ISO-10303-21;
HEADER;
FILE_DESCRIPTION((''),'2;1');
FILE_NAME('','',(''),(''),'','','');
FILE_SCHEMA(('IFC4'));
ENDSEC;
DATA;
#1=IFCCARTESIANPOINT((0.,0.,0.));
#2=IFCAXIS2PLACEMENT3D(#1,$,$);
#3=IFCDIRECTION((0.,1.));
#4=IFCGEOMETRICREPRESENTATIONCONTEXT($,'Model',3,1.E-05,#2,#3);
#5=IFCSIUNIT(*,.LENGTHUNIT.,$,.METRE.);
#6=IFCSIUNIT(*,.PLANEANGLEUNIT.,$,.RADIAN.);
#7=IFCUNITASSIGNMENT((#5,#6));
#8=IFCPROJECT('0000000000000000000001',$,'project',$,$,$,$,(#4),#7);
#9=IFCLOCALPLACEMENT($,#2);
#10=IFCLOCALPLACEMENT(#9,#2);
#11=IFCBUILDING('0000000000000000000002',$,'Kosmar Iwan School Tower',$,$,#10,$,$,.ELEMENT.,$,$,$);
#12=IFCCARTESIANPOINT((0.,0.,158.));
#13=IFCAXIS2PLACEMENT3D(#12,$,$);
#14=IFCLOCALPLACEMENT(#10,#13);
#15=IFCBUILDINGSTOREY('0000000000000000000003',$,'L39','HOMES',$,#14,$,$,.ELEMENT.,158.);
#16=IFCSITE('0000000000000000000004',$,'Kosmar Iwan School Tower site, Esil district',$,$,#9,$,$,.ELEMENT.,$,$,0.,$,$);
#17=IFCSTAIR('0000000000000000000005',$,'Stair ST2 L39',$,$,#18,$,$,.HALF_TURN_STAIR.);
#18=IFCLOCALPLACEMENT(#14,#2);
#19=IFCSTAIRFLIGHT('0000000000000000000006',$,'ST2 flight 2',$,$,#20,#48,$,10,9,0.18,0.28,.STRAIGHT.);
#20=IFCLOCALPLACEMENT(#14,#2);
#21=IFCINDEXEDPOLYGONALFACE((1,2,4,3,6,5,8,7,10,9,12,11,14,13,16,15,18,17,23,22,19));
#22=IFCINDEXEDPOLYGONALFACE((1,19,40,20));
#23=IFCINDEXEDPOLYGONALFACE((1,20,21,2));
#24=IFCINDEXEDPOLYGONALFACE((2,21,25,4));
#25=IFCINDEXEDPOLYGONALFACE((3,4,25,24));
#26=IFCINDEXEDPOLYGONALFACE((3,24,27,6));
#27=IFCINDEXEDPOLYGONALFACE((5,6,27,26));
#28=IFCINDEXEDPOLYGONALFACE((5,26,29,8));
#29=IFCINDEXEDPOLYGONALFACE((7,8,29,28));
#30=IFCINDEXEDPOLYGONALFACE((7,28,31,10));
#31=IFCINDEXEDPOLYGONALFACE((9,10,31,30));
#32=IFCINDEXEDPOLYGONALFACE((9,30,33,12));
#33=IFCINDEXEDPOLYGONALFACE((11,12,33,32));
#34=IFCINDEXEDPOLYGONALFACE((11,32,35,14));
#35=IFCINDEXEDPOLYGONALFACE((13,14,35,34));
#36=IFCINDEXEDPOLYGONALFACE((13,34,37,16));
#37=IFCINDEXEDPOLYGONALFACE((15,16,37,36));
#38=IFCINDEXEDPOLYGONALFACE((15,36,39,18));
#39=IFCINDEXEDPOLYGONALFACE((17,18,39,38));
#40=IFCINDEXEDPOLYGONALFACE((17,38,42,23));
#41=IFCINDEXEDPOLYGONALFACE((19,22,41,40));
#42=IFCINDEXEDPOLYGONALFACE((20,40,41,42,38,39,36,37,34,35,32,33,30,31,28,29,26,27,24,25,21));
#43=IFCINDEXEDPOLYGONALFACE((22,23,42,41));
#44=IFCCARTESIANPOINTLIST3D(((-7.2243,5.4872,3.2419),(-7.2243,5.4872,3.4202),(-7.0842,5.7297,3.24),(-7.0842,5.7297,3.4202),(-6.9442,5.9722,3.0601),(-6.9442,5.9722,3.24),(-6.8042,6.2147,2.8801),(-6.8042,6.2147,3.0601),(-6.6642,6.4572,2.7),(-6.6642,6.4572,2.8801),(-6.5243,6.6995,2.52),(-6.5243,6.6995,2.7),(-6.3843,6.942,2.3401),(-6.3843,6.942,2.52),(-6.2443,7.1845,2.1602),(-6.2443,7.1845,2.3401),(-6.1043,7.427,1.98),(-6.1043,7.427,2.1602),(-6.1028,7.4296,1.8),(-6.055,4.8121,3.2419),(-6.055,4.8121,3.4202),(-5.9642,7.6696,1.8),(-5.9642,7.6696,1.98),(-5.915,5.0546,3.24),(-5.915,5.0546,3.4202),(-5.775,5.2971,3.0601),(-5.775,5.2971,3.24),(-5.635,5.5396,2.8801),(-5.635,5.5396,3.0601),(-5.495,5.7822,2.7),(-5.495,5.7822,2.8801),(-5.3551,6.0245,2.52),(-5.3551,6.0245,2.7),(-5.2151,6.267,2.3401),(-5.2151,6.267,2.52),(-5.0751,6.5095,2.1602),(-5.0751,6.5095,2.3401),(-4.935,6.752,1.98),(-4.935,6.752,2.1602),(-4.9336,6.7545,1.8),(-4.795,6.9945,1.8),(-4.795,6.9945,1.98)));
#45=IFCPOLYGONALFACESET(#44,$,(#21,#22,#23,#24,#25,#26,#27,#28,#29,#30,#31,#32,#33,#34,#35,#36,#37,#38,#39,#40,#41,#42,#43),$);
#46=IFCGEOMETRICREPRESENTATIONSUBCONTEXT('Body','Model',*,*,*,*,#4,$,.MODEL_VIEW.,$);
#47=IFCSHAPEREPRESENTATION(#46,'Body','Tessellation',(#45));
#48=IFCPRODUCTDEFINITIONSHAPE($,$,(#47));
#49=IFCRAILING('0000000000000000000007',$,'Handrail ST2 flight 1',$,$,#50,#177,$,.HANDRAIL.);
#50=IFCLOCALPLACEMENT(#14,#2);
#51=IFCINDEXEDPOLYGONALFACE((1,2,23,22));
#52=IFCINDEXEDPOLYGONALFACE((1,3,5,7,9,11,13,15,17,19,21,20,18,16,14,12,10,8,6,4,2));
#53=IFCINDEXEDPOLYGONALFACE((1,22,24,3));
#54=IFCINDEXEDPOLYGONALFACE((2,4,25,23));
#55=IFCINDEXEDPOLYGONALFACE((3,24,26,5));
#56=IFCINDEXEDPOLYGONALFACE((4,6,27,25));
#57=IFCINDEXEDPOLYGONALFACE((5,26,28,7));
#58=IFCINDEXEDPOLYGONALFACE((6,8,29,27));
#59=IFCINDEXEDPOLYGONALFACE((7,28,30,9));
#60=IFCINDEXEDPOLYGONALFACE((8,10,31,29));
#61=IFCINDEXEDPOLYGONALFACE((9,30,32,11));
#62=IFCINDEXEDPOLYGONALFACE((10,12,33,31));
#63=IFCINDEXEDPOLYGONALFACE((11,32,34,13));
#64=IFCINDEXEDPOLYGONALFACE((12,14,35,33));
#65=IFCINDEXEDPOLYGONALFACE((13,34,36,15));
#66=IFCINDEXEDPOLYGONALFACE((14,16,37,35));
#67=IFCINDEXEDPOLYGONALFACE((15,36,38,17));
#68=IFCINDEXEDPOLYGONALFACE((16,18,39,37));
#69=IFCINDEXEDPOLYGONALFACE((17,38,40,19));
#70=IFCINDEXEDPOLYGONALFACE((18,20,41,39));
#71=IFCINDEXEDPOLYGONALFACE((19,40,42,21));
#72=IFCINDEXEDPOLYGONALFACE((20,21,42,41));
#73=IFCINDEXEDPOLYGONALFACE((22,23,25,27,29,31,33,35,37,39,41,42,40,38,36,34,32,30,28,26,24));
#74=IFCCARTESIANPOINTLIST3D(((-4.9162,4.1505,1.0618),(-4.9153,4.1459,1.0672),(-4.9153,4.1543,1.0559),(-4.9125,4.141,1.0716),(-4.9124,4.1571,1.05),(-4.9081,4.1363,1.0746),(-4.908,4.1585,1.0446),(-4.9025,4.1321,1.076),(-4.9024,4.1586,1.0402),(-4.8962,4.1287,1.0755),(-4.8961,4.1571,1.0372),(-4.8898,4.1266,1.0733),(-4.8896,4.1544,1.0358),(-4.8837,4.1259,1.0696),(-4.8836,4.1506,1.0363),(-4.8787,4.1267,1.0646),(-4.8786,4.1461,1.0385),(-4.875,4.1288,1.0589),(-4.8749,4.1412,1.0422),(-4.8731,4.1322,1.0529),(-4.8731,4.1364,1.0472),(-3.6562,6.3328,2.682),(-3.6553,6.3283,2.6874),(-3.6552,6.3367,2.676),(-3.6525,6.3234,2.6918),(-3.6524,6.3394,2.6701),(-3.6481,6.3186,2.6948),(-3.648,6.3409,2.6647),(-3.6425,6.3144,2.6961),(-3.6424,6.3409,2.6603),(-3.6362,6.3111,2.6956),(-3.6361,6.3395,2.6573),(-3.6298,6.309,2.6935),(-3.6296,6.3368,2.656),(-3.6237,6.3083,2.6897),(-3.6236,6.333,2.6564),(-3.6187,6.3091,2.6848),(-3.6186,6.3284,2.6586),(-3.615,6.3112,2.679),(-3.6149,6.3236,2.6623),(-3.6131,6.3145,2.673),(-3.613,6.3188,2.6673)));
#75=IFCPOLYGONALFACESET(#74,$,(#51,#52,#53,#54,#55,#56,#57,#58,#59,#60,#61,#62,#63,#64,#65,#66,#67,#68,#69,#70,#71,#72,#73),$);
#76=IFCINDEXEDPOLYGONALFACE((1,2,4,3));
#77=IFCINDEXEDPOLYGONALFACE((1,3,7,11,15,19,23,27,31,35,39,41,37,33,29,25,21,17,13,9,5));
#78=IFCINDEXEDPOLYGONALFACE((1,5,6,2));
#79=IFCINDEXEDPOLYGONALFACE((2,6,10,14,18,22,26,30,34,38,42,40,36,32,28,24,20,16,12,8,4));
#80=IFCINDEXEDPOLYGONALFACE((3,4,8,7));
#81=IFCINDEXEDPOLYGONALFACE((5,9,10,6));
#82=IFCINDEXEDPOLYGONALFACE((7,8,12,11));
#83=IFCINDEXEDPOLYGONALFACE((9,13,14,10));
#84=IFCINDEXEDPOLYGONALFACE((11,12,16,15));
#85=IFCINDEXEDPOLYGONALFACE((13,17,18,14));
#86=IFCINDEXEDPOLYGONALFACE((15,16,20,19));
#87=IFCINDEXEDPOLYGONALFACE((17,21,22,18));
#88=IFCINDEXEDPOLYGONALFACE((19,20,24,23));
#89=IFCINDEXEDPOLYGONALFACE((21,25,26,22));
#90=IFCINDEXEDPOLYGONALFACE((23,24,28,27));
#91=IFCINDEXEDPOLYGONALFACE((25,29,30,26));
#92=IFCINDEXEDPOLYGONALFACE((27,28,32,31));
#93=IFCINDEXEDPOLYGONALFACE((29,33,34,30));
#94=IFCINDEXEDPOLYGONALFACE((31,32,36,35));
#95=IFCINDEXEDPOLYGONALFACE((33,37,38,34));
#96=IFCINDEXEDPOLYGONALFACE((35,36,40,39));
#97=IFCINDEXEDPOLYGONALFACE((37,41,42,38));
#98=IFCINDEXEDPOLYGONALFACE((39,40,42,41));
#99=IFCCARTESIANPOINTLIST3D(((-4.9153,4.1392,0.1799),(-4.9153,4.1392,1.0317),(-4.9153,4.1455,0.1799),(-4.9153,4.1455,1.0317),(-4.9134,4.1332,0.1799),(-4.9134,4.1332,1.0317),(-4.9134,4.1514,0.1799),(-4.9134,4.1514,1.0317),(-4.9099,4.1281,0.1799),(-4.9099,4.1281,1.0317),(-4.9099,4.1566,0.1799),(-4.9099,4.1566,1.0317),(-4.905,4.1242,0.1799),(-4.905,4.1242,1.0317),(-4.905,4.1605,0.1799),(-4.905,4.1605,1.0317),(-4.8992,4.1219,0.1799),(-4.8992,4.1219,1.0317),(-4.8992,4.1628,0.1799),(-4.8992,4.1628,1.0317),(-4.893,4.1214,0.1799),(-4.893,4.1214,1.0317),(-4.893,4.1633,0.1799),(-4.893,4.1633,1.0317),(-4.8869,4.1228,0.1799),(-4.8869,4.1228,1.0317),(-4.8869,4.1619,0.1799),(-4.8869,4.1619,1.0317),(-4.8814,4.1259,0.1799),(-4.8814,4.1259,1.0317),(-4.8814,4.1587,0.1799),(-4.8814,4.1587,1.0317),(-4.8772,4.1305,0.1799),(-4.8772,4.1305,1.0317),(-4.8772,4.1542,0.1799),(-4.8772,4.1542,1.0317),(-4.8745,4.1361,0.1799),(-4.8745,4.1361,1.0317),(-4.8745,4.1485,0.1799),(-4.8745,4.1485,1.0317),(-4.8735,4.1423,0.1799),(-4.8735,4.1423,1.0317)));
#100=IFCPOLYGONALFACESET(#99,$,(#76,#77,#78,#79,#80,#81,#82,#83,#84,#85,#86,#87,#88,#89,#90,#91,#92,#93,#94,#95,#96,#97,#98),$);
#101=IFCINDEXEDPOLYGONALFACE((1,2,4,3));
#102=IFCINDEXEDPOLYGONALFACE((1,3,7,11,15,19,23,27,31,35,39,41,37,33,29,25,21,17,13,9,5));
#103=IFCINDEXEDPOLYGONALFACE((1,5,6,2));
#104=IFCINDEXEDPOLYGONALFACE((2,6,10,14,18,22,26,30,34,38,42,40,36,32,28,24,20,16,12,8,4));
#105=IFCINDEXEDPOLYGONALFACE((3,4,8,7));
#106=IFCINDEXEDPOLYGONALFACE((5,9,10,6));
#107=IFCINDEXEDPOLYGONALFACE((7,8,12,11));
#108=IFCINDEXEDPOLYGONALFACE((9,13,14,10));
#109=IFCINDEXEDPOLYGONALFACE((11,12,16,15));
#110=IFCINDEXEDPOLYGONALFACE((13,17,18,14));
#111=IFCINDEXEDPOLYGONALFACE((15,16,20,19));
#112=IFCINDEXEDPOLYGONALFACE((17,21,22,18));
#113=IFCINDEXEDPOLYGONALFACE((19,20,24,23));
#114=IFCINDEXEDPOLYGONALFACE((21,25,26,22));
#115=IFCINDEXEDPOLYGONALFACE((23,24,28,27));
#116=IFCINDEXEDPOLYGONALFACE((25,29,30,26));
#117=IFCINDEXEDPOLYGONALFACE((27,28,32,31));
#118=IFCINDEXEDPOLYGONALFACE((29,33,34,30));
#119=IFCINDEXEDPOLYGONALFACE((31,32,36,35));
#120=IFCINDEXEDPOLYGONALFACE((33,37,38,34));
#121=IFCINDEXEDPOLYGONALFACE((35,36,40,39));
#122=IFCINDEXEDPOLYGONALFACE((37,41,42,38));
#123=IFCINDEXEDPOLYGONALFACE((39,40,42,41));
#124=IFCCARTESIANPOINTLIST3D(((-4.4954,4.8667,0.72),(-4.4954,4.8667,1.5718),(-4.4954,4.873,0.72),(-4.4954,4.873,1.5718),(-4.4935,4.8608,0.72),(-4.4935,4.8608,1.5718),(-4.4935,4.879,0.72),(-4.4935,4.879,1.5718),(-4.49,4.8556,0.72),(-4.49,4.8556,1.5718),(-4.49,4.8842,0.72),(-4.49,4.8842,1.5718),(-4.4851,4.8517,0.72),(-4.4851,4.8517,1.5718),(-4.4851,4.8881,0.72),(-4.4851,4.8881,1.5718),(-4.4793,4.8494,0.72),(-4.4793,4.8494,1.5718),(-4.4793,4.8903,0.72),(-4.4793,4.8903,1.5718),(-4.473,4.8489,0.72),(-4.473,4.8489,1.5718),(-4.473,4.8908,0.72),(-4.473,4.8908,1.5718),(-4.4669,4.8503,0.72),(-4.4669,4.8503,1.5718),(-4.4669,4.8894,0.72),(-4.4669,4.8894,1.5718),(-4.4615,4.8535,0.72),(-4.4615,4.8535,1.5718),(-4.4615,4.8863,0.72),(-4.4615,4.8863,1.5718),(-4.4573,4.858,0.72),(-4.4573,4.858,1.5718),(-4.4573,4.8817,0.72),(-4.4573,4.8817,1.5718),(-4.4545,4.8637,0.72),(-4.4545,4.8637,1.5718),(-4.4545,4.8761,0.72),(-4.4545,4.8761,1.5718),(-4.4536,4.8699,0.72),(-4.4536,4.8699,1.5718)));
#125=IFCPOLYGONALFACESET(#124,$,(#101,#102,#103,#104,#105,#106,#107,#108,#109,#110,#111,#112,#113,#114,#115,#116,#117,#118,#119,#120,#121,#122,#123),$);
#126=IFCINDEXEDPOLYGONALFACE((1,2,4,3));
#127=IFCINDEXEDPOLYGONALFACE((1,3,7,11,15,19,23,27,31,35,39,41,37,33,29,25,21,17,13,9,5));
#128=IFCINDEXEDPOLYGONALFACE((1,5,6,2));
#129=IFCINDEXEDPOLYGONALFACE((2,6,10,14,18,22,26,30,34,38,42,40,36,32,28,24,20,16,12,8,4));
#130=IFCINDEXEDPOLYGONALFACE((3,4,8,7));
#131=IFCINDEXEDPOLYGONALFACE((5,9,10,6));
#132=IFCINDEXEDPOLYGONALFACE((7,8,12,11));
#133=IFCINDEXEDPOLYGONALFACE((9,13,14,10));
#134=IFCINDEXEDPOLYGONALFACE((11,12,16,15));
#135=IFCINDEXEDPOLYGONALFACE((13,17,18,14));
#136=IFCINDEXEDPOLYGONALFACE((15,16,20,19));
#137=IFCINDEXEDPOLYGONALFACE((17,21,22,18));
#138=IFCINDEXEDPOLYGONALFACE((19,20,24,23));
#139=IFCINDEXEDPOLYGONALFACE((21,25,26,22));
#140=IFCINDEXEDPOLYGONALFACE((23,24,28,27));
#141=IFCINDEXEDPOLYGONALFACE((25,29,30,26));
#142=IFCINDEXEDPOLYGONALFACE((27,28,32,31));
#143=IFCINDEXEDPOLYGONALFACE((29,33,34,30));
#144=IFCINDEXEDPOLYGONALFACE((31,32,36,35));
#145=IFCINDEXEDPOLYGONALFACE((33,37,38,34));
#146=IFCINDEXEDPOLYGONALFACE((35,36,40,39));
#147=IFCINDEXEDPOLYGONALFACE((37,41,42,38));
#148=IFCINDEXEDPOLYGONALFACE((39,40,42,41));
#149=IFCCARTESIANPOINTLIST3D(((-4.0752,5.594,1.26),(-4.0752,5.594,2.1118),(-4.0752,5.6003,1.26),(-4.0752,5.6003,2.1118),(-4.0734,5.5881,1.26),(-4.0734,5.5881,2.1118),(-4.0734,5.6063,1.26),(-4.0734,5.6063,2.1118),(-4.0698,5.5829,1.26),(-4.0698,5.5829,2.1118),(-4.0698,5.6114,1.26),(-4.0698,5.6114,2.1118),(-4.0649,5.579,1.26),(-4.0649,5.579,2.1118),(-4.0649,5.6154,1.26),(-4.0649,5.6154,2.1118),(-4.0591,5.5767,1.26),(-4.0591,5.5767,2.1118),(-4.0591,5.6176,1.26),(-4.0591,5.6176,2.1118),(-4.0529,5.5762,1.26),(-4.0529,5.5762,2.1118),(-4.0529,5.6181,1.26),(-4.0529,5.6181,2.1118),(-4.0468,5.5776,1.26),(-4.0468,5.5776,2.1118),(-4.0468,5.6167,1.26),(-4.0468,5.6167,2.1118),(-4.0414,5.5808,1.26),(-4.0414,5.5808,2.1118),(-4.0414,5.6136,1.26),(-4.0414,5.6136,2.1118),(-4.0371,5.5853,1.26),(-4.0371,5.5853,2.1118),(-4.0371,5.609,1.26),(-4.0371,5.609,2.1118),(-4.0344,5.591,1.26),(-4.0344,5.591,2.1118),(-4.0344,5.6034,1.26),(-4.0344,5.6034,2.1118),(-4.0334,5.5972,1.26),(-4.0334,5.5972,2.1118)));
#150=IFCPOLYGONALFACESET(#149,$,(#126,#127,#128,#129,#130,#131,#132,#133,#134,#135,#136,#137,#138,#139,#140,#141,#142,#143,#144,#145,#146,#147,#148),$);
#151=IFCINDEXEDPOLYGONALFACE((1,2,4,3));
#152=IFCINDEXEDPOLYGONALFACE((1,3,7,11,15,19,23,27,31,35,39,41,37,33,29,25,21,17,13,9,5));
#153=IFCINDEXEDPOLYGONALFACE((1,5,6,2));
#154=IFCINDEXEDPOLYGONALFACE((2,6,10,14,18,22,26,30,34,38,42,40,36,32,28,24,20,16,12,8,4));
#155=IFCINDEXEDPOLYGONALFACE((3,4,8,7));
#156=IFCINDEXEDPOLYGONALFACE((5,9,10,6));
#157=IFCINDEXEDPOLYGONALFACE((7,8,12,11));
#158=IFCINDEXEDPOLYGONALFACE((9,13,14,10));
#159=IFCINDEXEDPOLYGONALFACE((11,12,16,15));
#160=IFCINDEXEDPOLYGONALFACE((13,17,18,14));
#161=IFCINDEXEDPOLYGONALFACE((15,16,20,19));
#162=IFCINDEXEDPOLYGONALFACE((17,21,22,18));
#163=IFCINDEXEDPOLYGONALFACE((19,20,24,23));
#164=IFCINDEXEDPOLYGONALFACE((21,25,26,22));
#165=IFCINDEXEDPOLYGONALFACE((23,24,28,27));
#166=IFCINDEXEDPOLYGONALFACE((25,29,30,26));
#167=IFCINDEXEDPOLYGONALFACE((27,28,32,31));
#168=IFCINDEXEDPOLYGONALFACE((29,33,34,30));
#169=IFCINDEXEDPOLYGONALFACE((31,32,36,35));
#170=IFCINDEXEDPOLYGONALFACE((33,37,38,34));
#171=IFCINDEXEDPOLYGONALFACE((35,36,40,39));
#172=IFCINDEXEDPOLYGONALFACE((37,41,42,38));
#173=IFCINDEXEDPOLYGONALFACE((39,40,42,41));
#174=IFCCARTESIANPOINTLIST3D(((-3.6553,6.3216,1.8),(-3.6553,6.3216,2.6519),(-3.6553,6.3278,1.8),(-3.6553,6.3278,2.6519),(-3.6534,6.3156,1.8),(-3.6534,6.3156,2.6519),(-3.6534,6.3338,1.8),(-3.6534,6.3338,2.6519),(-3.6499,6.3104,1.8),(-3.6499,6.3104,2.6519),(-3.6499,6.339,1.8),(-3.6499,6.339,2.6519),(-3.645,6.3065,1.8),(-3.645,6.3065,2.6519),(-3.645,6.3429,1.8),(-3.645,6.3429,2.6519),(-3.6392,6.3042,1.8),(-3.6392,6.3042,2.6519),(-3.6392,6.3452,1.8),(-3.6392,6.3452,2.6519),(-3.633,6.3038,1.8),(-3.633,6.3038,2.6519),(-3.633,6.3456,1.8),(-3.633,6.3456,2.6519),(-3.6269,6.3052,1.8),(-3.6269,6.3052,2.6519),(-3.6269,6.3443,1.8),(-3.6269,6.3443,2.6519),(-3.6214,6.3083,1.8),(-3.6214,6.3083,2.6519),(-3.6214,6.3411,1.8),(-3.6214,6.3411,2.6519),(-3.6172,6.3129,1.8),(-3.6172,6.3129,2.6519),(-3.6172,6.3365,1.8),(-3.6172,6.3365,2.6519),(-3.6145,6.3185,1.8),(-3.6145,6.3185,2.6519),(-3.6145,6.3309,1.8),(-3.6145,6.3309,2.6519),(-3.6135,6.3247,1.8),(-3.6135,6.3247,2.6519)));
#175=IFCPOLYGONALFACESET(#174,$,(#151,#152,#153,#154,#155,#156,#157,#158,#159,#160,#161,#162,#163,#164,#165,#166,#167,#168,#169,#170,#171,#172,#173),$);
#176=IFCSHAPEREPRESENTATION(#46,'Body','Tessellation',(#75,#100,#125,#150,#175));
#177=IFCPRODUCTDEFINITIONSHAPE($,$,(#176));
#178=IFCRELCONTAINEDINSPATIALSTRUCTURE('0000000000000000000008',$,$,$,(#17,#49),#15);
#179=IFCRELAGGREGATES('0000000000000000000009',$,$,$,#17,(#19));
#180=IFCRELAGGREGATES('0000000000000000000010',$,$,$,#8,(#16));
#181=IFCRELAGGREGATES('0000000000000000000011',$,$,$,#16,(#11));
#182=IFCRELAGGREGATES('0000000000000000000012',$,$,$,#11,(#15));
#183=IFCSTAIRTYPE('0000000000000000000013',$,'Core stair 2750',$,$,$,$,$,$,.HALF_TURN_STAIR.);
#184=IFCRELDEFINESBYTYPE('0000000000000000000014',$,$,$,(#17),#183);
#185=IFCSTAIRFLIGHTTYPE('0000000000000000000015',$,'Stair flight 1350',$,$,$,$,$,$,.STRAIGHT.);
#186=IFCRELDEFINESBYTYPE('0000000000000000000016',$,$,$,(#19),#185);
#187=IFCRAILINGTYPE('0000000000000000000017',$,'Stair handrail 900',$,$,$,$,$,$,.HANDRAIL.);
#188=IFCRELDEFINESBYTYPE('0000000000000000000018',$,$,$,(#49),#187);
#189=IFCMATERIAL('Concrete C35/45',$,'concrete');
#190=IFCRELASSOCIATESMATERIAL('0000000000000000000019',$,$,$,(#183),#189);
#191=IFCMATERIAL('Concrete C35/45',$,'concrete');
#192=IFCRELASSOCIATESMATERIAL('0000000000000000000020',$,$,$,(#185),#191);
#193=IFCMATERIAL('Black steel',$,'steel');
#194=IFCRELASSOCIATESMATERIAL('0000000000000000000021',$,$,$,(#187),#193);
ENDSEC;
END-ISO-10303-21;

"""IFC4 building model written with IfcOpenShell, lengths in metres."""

from ifc_helpers import new_model, si_unit, direction, frame, origin, origin_2d, place, context, subcontext, project, spatial, polyline, circle, outline, extrude, material, type_object, element, aggregate, save


model = new_model("IFC4")

# Units and contexts
model_context = context("Model", 3, precision=1e-05, world=origin(), true_north=direction((0.0, 1.0)))
body_context = subcontext(model_context, "Body", "Model", "MODEL_VIEW")
ifc_project = project(units=[si_unit("LENGTHUNIT", "METRE"), si_unit("PLANEANGLEUNIT", "RADIAN")], contexts=[model_context])

# Site, building, storey
site_placement = place(None, origin())
site = spatial("IfcSite", under=ifc_project, at=site_placement, Name="Kosmar Iwan School Tower site, Esil district", CompositionType="ELEMENT", RefElevation=0.0)
building_placement = place(site_placement, origin())
building = spatial("IfcBuilding", under=site, at=building_placement, Name="Kosmar Iwan School Tower", CompositionType="ELEMENT")
storey_placement = place(building_placement, frame((0.0, 0.0, 158.0)))
storey = spatial("IfcBuildingStorey", under=building, at=storey_placement, Name="L39", Description="HOMES", CompositionType="ELEMENT", Elevation=158.0)

# Stair, stair flight
ifc_material_1 = material(Name="Concrete C35/45", Category="concrete")
stair_type = type_object("IfcStairType", Name="Core stair 2750", PredefinedType="HALF_TURN_STAIR", material=ifc_material_1)
stair_placement = place(storey_placement, origin())
stair = element("IfcStair", 1, at=stair_placement, inside=storey, type_object=stair_type, Name="Stair ST2 L39", PredefinedType="HALF_TURN_STAIR")
ifc_material_2 = material(Name="Concrete C35/45", Category="concrete")
stair_flight_type = type_object("IfcStairFlightType", Name="Stair flight 1350", PredefinedType="STRAIGHT", material=ifc_material_2)
stair_flight_1_placement = place(storey_placement, frame((-5.3796, 7.332, 1.8), z_axis=(0.0, 0.0, 1.0), x_axis=(-0.5, -0.866025, 0.0)))
stair_flight_1 = element("IfcStairFlight", 2, at=stair_flight_1_placement, type_object=stair_flight_type, Name="ST2 flight 2", NumberOfRisers=10, NumberOfTreads=9, PredefinedType="STRAIGHT", RiserHeight=0.18, TreadLength=0.28, context=body_context, shape_type="SweptSolid", body=[
    extrude(outline(polyline([(0.0, 0.0), (0.0, 0.1799), (0.28, 0.1799), (0.28, 0.3601), (0.5601, 0.3601), (0.5601, 0.54), (0.8401, 0.54), (0.8401, 0.72), (1.1201, 0.72), (1.1201, 0.8999), (1.3999, 0.8999), (1.3999, 1.0801), (1.6799, 1.0801), (1.6799, 1.26), (1.96, 1.26), (1.96, 1.4399), (2.24, 1.4399), (2.24, 1.6201), (2.52, 1.6201), (2.52, 1.8), (2.52, 1.4419), (0.2771, 0.0), (0.0, 0.0)])), frame((0.0, 0.675, 0.0), z_axis=(0.0, -1.0, 0.0), x_axis=(1.0, 0.0, 0.0)), (0.0, 0.0, 1.0), 1.3501),
])
aggregate(stair, [stair_flight_1])

# Railing
ifc_material_3 = material(Name="Black steel", Category="steel")
railing_type = type_object("IfcRailingType", Name="Stair handrail 900", PredefinedType="HANDRAIL", material=ifc_material_3)
railing_1_placement = place(storey_placement, frame((-4.8945, 4.1423, 0.1799)))
element("IfcRailing", 3, at=railing_1_placement, inside=storey, type_object=railing_type, Name="Handrail ST2 flight 1", PredefinedType="HANDRAIL", context=body_context, shape_type="SweptSolid", body=[
    extrude(circle(Radius=0.0239, at=origin_2d()), frame((0.0, 0.0, 0.876), z_axis=(0.420584, 0.728464, 0.540786), x_axis=(-0.866023, 0.500005, 0.0)), (0.0, 0.0, 1.0), 2.9958),
    extrude(circle(Radius=0.021, at=origin_2d()), origin(), (0.0, 0.0, 1.0), 0.8518),
    extrude(circle(Radius=0.021, at=origin_2d()), frame((0.4199, 0.7275, 0.54)), (0.0, 0.0, 1.0), 0.8518),
    extrude(circle(Radius=0.021, at=origin_2d()), frame((0.8401, 1.4548, 1.0801)), (0.0, 0.0, 1.0), 0.8518),
    extrude(circle(Radius=0.021, at=origin_2d()), frame((1.26, 2.1824, 1.6201)), (0.0, 0.0, 1.0), 0.8518),
])

save(model, "model.ifc")
